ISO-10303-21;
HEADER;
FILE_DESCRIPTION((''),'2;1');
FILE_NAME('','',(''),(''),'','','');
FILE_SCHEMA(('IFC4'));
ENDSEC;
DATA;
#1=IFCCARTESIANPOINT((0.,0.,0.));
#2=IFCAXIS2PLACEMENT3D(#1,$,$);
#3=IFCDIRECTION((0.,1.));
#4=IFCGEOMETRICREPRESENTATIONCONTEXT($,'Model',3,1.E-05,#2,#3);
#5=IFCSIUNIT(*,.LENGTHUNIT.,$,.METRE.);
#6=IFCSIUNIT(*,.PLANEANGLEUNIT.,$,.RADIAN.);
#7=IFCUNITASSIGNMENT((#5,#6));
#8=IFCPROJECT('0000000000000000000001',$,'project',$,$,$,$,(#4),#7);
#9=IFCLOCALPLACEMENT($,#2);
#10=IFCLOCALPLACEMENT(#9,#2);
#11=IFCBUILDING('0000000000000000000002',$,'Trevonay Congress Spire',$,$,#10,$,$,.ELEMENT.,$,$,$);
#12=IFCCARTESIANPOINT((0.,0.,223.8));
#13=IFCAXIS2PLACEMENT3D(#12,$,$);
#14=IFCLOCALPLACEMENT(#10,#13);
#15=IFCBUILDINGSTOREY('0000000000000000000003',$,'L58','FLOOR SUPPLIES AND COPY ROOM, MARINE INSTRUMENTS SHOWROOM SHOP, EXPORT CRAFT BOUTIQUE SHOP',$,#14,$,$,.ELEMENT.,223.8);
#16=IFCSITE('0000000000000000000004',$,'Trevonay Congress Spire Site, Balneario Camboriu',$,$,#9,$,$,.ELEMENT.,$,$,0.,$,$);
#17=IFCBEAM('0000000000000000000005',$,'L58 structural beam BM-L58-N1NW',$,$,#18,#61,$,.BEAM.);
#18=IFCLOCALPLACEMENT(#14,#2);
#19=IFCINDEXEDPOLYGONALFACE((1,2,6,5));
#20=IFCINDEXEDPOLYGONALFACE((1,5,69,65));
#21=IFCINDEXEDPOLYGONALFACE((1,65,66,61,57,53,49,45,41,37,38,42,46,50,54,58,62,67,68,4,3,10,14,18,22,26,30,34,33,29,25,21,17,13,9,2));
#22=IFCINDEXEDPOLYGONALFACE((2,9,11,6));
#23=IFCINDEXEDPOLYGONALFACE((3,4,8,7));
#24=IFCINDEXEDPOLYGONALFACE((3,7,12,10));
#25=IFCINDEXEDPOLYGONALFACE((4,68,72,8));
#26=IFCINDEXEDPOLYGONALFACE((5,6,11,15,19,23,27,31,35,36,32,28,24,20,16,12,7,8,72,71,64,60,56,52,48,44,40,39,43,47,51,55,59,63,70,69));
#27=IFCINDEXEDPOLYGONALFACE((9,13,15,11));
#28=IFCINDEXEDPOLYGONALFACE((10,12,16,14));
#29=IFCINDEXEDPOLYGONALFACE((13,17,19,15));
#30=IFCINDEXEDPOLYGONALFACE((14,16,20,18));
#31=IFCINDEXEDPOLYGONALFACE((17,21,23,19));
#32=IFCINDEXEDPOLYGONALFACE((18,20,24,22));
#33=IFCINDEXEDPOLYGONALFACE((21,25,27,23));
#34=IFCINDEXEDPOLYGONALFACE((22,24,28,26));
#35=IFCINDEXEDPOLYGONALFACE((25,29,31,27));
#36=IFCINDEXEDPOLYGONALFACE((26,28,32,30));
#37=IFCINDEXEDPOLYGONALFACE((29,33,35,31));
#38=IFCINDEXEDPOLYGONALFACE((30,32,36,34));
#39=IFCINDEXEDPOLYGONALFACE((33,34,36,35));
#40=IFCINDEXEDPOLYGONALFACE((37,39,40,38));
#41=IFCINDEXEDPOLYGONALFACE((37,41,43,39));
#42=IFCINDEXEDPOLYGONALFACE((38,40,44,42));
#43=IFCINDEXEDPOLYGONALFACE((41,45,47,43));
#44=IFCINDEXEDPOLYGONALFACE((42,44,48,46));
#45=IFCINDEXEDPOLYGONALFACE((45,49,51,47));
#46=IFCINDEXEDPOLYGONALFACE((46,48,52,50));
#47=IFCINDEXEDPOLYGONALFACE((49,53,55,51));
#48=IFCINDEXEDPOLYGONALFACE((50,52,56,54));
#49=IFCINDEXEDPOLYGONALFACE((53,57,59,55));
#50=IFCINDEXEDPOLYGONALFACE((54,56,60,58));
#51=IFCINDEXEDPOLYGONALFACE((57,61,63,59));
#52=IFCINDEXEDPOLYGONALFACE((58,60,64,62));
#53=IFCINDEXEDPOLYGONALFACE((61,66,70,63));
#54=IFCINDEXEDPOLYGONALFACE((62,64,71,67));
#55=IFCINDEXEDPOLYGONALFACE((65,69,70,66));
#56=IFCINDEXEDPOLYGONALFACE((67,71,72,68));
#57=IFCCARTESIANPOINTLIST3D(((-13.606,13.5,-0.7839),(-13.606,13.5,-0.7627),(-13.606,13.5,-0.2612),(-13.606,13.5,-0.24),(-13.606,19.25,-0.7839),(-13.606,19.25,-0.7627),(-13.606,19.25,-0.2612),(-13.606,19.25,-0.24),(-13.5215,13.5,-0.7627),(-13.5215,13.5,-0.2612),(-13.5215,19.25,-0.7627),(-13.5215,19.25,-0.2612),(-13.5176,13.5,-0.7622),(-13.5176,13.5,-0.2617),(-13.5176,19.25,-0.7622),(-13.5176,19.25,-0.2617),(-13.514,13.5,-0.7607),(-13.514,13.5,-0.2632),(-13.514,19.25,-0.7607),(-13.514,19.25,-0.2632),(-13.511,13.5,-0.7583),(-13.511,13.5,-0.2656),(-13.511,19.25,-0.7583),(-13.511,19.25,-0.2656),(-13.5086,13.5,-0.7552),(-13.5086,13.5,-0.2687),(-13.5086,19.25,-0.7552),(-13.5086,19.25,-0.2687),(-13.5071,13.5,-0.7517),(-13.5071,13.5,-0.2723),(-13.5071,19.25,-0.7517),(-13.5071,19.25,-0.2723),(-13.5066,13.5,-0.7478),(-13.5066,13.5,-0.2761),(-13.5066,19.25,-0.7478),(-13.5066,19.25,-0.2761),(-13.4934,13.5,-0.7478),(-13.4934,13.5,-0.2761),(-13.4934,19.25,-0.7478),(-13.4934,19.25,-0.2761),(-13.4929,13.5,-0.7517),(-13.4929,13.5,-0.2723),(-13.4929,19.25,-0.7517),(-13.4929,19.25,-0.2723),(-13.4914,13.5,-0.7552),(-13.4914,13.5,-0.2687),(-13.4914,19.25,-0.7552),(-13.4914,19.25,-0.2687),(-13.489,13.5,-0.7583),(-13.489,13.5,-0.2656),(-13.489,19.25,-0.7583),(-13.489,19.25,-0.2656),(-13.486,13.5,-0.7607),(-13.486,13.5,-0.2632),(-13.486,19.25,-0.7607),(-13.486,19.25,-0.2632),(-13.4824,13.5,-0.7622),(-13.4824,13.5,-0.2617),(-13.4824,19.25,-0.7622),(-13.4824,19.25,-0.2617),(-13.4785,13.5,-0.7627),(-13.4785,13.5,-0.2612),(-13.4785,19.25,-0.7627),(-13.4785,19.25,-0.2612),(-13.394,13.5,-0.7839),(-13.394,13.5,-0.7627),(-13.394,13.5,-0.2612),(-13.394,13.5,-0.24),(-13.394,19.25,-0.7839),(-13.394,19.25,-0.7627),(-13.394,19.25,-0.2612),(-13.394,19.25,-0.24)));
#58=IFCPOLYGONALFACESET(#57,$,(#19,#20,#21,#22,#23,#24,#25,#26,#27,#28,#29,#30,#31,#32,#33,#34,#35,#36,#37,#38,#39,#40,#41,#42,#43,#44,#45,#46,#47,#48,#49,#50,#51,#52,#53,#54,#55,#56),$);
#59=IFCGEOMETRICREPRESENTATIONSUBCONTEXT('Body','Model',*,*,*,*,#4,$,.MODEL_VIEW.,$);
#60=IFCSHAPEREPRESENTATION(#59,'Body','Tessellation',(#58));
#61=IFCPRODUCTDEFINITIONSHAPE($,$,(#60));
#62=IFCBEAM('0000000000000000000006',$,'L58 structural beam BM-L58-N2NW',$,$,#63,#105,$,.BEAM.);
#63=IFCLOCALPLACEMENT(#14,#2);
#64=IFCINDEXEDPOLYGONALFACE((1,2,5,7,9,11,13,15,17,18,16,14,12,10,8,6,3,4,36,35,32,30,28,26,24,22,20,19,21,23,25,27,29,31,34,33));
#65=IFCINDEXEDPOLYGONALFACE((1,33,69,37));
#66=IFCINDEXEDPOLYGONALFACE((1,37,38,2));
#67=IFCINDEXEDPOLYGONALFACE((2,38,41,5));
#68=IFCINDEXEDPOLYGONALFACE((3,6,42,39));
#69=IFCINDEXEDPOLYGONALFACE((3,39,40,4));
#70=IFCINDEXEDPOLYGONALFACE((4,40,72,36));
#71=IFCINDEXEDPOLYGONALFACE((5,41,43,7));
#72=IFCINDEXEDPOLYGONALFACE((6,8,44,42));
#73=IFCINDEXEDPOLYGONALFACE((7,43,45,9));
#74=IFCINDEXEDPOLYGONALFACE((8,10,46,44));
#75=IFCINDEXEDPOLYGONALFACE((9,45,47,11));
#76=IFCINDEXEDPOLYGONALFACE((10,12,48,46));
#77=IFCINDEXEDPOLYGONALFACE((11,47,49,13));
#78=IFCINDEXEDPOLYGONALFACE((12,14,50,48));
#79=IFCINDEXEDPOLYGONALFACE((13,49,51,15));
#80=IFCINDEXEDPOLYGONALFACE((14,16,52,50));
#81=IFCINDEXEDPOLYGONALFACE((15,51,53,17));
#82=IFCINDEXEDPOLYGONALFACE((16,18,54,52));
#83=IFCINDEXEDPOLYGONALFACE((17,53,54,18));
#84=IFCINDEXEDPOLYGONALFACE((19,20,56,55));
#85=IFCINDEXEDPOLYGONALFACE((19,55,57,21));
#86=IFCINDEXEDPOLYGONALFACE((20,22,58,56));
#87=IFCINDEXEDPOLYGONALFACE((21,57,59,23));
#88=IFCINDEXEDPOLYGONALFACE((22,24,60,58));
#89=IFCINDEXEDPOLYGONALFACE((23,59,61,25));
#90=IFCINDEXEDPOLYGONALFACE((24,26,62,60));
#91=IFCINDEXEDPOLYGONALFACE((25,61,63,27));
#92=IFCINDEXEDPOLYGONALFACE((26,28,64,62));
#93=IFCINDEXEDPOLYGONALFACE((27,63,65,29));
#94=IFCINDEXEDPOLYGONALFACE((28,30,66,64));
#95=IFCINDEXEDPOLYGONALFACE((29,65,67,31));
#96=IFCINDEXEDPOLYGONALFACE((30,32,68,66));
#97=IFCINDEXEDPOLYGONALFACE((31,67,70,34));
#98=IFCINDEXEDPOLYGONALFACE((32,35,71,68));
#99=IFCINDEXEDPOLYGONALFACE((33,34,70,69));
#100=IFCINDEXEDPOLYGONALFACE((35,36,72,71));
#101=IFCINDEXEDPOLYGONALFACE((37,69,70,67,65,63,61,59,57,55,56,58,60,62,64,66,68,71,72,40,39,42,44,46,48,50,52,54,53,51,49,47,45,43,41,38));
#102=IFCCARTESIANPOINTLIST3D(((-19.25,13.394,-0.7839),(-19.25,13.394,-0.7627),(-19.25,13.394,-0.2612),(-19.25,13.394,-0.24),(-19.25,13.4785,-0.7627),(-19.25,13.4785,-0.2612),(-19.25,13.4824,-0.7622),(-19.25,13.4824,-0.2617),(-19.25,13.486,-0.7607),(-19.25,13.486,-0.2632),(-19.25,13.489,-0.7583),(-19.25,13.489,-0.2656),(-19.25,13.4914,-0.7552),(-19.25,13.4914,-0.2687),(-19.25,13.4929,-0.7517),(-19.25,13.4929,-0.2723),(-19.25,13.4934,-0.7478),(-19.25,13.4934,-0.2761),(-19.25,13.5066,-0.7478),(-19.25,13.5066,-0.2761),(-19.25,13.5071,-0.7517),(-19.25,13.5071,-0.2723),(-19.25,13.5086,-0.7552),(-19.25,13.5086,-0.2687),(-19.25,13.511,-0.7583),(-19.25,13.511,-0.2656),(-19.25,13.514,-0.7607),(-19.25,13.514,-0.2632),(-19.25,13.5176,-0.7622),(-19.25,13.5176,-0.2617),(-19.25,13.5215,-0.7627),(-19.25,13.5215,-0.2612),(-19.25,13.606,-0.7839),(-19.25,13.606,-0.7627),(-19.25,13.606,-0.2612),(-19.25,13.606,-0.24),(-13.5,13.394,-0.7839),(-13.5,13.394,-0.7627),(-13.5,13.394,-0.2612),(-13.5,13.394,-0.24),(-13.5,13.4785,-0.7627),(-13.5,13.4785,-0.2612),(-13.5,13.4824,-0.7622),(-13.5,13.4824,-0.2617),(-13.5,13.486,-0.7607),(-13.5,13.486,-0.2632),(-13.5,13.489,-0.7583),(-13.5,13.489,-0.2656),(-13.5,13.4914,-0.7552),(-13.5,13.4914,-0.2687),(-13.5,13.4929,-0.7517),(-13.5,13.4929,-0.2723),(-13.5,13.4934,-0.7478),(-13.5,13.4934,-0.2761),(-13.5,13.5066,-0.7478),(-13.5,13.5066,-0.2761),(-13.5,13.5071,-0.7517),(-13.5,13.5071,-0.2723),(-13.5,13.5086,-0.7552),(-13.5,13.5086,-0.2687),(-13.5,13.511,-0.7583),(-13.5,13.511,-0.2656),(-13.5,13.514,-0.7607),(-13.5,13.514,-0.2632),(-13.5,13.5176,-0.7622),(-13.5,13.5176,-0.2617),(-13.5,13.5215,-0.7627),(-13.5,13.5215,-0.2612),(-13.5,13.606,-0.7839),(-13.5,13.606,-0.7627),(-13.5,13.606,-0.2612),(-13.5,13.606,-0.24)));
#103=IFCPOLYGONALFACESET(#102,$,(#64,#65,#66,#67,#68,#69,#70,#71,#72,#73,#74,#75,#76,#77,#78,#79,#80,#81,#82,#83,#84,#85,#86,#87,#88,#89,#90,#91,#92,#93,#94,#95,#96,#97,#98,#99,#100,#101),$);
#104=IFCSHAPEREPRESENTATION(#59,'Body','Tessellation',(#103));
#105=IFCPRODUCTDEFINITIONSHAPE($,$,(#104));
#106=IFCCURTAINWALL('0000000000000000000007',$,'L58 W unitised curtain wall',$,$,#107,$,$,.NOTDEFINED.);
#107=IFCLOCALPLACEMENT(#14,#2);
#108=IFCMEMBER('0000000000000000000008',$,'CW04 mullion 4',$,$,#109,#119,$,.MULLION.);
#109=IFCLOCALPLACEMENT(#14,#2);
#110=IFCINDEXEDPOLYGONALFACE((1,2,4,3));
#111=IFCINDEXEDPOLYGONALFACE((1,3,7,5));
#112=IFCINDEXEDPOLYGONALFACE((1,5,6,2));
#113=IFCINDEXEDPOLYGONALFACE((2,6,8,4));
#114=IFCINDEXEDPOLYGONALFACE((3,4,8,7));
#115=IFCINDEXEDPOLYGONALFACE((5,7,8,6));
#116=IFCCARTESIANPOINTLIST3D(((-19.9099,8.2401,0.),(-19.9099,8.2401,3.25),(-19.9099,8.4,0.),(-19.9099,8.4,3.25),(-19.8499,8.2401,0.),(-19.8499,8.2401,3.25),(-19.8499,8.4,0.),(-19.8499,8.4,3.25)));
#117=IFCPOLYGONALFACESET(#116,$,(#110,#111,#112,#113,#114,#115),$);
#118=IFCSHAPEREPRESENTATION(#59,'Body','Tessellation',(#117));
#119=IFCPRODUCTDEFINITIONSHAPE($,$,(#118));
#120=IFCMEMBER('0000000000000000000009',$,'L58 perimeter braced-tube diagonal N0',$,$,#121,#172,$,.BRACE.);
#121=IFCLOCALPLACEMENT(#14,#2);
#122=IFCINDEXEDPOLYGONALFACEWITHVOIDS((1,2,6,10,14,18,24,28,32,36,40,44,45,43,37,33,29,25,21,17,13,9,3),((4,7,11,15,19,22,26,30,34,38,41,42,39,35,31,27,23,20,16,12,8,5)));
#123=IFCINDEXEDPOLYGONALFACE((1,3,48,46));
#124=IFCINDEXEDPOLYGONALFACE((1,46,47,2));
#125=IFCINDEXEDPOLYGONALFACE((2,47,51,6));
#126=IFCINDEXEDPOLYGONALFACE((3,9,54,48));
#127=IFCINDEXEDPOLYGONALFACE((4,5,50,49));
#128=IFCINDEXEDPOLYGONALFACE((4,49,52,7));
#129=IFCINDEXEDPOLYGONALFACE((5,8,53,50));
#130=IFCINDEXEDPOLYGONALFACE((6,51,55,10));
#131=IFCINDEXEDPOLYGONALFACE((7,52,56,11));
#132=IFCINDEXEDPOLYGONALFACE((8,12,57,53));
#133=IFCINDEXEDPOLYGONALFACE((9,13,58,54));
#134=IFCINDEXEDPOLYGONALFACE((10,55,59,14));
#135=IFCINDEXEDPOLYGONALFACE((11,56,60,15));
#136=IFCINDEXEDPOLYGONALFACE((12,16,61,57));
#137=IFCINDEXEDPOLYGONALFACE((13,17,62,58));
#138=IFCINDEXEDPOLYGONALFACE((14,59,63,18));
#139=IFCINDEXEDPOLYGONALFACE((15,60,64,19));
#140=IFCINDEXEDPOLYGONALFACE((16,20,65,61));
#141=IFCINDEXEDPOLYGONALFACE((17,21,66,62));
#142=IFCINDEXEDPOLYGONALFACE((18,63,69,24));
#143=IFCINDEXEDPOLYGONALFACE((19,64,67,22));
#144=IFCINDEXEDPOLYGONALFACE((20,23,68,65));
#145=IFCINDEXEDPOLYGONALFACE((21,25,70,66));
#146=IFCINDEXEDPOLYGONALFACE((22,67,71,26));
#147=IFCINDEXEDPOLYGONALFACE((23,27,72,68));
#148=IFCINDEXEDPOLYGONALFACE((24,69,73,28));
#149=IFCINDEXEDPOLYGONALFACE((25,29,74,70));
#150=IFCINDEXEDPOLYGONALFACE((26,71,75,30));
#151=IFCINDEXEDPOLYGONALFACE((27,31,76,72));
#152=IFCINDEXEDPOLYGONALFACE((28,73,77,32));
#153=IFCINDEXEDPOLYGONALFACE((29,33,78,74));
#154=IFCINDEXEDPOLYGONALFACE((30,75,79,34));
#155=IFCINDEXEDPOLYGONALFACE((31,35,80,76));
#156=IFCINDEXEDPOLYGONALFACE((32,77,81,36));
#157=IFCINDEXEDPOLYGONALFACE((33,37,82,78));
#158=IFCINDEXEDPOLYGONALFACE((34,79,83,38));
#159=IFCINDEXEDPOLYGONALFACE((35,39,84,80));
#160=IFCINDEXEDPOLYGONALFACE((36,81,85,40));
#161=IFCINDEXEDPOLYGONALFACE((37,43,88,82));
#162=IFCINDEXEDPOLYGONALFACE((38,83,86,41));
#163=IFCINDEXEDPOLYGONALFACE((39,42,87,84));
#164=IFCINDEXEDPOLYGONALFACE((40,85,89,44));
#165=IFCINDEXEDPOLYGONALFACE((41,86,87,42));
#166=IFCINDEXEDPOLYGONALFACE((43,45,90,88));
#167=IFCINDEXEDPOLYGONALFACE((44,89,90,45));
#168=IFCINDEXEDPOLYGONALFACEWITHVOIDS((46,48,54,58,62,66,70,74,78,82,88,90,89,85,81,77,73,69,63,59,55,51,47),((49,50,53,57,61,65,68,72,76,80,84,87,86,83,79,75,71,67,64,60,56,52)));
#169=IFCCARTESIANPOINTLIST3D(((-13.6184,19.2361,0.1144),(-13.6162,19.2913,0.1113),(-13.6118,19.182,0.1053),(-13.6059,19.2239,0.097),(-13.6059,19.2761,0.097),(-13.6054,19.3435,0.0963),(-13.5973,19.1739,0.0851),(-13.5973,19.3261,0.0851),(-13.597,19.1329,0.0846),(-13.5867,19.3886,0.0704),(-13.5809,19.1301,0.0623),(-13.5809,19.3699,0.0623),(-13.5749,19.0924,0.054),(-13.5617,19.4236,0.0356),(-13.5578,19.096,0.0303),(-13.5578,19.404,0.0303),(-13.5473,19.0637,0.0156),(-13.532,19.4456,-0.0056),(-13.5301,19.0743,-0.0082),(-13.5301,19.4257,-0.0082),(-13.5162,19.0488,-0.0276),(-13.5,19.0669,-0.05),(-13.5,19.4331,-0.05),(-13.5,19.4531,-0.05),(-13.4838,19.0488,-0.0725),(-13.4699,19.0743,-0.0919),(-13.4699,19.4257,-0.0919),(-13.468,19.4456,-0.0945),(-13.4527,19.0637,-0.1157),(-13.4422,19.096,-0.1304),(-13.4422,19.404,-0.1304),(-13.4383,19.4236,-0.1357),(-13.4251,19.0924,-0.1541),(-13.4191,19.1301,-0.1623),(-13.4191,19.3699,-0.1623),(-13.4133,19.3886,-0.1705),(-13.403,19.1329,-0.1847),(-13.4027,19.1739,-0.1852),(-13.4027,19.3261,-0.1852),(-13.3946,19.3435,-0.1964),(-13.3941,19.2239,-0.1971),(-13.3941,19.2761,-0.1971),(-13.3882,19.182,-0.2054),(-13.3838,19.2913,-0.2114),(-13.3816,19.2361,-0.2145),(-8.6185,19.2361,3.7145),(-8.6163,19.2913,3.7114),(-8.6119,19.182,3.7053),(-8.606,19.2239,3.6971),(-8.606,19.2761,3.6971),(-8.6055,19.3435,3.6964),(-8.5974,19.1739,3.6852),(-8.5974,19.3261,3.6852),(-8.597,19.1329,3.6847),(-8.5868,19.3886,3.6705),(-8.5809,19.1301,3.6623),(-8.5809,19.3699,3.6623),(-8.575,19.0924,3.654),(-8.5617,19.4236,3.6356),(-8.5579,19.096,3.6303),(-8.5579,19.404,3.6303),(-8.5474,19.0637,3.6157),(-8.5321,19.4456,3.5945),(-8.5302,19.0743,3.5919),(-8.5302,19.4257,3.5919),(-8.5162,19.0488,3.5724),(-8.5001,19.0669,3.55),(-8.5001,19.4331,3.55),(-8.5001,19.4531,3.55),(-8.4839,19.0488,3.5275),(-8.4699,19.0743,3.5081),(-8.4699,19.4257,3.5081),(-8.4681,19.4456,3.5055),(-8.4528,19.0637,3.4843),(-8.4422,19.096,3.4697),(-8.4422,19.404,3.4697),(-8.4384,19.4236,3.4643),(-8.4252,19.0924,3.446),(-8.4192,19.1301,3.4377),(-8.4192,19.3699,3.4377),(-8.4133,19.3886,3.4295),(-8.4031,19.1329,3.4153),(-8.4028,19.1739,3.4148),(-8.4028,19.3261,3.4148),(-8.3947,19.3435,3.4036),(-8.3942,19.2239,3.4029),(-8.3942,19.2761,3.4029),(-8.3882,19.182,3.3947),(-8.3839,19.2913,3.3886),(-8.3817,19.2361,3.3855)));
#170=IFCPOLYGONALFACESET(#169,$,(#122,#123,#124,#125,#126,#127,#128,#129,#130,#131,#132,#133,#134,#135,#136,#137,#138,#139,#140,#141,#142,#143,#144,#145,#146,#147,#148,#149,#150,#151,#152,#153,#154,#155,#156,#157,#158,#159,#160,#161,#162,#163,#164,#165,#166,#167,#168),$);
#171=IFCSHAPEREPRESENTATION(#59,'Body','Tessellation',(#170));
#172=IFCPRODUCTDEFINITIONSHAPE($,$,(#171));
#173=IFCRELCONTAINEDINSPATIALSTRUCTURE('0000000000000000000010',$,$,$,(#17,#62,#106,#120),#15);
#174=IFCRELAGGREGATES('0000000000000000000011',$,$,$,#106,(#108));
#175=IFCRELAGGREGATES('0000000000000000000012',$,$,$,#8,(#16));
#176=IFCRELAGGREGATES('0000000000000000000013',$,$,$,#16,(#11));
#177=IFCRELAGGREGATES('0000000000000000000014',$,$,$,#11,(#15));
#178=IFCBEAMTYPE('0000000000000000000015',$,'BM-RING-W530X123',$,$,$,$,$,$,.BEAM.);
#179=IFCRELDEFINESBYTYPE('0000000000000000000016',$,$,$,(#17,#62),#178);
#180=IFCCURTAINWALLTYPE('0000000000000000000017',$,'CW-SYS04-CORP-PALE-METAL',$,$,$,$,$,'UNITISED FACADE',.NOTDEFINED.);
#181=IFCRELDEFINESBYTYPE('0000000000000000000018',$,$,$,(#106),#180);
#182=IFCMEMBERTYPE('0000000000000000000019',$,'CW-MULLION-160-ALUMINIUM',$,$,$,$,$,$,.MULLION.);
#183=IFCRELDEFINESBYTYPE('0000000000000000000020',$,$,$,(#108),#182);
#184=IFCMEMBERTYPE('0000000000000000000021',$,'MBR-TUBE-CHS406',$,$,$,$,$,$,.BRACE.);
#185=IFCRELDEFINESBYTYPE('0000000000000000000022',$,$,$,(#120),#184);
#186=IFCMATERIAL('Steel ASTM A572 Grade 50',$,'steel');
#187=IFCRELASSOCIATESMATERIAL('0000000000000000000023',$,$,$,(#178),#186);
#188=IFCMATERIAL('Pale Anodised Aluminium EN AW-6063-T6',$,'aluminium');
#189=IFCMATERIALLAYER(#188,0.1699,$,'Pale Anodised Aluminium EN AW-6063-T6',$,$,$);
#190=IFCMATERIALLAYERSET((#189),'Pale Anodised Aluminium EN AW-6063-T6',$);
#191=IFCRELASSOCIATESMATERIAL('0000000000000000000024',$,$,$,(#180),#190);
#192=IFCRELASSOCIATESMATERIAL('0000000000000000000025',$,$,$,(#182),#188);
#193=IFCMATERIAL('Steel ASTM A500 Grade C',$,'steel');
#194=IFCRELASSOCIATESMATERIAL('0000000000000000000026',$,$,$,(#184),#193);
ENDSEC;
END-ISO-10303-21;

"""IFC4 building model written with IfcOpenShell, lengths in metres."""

from ifc_helpers import new_model, si_unit, direction, frame, origin, origin_2d, place, context, subcontext, project, spatial, rectangle, hollow_circle, i_section, extrude, material, layer, layer_set, material_profile, profile_set, type_object, element, aggregate, save


model = new_model("IFC4")

# Units and contexts
model_context = context("Model", 3, precision=1e-05, world=origin(), true_north=direction((0.0, 1.0)))
body_context = subcontext(model_context, "Body", "Model", "MODEL_VIEW")
ifc_project = project(units=[si_unit("LENGTHUNIT", "METRE"), si_unit("PLANEANGLEUNIT", "RADIAN")], contexts=[model_context])

# Site, building, storey
site_placement = place(None, origin())
site = spatial("IfcSite", under=ifc_project, at=site_placement, Name="Trevonay Congress Spire Site, Balneario Camboriu", CompositionType="ELEMENT", RefElevation=0.0)
building_placement = place(site_placement, origin())
building = spatial("IfcBuilding", under=site, at=building_placement, Name="Trevonay Congress Spire", CompositionType="ELEMENT")
storey_placement = place(building_placement, frame((0.0, 0.0, 223.8)))
storey = spatial("IfcBuildingStorey", under=building, at=storey_placement, Name="L58", Description="FLOOR SUPPLIES AND COPY ROOM, MARINE INSTRUMENTS SHOWROOM SHOP, EXPORT CRAFT BOUTIQUE SHOP", CompositionType="ELEMENT", Elevation=223.8)

# Shared definitions
ifc_material_1 = material(Name="Steel ASTM A572 Grade 50", Category="steel")

# Beams
ifc_material_profile_1 = material_profile(ifc_material_1, i_section(OverallWidth=0.2119, OverallDepth=0.5439, WebThickness=0.0132, FlangeThickness=0.0212, FilletRadius=0.0149, at=origin_2d()), Name="W530x123")
ifc_profile_set_1 = profile_set([ifc_material_profile_1], Name="Steel ASTM A572 Grade 50")
beam_type = type_object("IfcBeamType", Name="BM-RING-W530X123", PredefinedType="BEAM", material=ifc_profile_set_1)
for number, where, z_axis, x_axis, name in (
    (1, (-13.5, 19.25, -0.512), (0.0, -1.0, 0.0), (1.0, 0.0, 0.0), "L58 structural beam BM-L58-N1NW"),
    (2, (-19.25, 13.5, -0.512), (1.0, 0.0, 0.0), (0.0, 1.0, 0.0), "L58 structural beam BM-L58-N2NW"),
):
    element("IfcBeam", number, at=place(storey_placement, frame(where, z_axis=z_axis, x_axis=x_axis)), inside=storey, type_object=beam_type, Name=name, PredefinedType="BEAM", context=body_context, shape_type="SweptSolid", body=[
        extrude(i_section(OverallWidth=0.2119, OverallDepth=0.5439, WebThickness=0.0132, FlangeThickness=0.0212, FilletRadius=0.0149, at=origin_2d()), origin(), (0.0, 0.0, 1.0), 5.75),
    ])

# Curtain wall, member
ifc_material_2 = material(Name="Pale Anodised Aluminium EN AW-6063-T6", Category="aluminium")
ifc_layer_1 = layer(ifc_material_2, 0.1699, Name="Pale Anodised Aluminium EN AW-6063-T6")
ifc_layer_set_1 = layer_set([ifc_layer_1], Name="Pale Anodised Aluminium EN AW-6063-T6")
curtain_wall_type = type_object("IfcCurtainWallType", Name="CW-SYS04-CORP-PALE-METAL", ElementType="UNITISED FACADE", PredefinedType="NOTDEFINED", material=ifc_layer_set_1)
curtain_wall_placement = place(storey_placement, origin())
curtain_wall = element("IfcCurtainWall", 3, at=curtain_wall_placement, inside=storey, type_object=curtain_wall_type, Name="L58 W unitised curtain wall", PredefinedType="NOTDEFINED")
ifc_material_profile_2 = material_profile(ifc_material_2, rectangle(XDim=0.0601, YDim=0.1599, at=origin_2d()), Name="CW-MULLION-160-ALUMINIUM")
ifc_profile_set_2 = profile_set([ifc_material_profile_2], Name="Pale Anodised Aluminium EN AW-6063-T6")
member_type_1 = type_object("IfcMemberType", Name="CW-MULLION-160-ALUMINIUM", PredefinedType="MULLION", material=ifc_profile_set_2)
member_placement = place(storey_placement, frame((-19.8799, 8.3201, 0.0), z_axis=(0.0, 0.0, 1.0), x_axis=(-1.0, 0.0, 0.0)))
member = element("IfcMember", 4, at=member_placement, type_object=member_type_1, Name="CW04 mullion 4", PredefinedType="MULLION", context=body_context, shape_type="SweptSolid", body=[
    extrude(rectangle(XDim=0.0601, YDim=0.1599, at=origin_2d()), origin(), (0.0, 0.0, 1.0), 3.25),
])
aggregate(curtain_wall, [member])

# Member
ifc_material_3 = material(Name="Steel ASTM A500 Grade C", Category="steel")
ifc_material_profile_3 = material_profile(ifc_material_3, hollow_circle(Radius=0.2031, WallThickness=0.02, at=origin_2d()), Name="CHS 406.4x20")
ifc_profile_set_3 = profile_set([ifc_material_profile_3], Name="Steel ASTM A500 Grade C")
member_type_2 = type_object("IfcMemberType", Name="MBR-TUBE-CHS406", PredefinedType="BRACE", material=ifc_profile_set_3)
for number, where, z_axis, x_axis, name in (
    (5, (-13.5, 19.25, -0.05), (0.811527, 0.0, 0.584315), (0.0, 1.0, 0.0), "L58 perimeter braced-tube diagonal N0"),
):
    element("IfcMember", number, at=place(storey_placement, frame(where, z_axis=z_axis, x_axis=x_axis)), inside=storey, type_object=member_type_2, Name=name, PredefinedType="BRACE", context=body_context, shape_type="SweptSolid", body=[
        extrude(hollow_circle(Radius=0.2031, WallThickness=0.02, at=origin_2d()), origin(), (0.0, 0.0, 1.0), 6.1611),
    ])

save(model, "model.ifc")
